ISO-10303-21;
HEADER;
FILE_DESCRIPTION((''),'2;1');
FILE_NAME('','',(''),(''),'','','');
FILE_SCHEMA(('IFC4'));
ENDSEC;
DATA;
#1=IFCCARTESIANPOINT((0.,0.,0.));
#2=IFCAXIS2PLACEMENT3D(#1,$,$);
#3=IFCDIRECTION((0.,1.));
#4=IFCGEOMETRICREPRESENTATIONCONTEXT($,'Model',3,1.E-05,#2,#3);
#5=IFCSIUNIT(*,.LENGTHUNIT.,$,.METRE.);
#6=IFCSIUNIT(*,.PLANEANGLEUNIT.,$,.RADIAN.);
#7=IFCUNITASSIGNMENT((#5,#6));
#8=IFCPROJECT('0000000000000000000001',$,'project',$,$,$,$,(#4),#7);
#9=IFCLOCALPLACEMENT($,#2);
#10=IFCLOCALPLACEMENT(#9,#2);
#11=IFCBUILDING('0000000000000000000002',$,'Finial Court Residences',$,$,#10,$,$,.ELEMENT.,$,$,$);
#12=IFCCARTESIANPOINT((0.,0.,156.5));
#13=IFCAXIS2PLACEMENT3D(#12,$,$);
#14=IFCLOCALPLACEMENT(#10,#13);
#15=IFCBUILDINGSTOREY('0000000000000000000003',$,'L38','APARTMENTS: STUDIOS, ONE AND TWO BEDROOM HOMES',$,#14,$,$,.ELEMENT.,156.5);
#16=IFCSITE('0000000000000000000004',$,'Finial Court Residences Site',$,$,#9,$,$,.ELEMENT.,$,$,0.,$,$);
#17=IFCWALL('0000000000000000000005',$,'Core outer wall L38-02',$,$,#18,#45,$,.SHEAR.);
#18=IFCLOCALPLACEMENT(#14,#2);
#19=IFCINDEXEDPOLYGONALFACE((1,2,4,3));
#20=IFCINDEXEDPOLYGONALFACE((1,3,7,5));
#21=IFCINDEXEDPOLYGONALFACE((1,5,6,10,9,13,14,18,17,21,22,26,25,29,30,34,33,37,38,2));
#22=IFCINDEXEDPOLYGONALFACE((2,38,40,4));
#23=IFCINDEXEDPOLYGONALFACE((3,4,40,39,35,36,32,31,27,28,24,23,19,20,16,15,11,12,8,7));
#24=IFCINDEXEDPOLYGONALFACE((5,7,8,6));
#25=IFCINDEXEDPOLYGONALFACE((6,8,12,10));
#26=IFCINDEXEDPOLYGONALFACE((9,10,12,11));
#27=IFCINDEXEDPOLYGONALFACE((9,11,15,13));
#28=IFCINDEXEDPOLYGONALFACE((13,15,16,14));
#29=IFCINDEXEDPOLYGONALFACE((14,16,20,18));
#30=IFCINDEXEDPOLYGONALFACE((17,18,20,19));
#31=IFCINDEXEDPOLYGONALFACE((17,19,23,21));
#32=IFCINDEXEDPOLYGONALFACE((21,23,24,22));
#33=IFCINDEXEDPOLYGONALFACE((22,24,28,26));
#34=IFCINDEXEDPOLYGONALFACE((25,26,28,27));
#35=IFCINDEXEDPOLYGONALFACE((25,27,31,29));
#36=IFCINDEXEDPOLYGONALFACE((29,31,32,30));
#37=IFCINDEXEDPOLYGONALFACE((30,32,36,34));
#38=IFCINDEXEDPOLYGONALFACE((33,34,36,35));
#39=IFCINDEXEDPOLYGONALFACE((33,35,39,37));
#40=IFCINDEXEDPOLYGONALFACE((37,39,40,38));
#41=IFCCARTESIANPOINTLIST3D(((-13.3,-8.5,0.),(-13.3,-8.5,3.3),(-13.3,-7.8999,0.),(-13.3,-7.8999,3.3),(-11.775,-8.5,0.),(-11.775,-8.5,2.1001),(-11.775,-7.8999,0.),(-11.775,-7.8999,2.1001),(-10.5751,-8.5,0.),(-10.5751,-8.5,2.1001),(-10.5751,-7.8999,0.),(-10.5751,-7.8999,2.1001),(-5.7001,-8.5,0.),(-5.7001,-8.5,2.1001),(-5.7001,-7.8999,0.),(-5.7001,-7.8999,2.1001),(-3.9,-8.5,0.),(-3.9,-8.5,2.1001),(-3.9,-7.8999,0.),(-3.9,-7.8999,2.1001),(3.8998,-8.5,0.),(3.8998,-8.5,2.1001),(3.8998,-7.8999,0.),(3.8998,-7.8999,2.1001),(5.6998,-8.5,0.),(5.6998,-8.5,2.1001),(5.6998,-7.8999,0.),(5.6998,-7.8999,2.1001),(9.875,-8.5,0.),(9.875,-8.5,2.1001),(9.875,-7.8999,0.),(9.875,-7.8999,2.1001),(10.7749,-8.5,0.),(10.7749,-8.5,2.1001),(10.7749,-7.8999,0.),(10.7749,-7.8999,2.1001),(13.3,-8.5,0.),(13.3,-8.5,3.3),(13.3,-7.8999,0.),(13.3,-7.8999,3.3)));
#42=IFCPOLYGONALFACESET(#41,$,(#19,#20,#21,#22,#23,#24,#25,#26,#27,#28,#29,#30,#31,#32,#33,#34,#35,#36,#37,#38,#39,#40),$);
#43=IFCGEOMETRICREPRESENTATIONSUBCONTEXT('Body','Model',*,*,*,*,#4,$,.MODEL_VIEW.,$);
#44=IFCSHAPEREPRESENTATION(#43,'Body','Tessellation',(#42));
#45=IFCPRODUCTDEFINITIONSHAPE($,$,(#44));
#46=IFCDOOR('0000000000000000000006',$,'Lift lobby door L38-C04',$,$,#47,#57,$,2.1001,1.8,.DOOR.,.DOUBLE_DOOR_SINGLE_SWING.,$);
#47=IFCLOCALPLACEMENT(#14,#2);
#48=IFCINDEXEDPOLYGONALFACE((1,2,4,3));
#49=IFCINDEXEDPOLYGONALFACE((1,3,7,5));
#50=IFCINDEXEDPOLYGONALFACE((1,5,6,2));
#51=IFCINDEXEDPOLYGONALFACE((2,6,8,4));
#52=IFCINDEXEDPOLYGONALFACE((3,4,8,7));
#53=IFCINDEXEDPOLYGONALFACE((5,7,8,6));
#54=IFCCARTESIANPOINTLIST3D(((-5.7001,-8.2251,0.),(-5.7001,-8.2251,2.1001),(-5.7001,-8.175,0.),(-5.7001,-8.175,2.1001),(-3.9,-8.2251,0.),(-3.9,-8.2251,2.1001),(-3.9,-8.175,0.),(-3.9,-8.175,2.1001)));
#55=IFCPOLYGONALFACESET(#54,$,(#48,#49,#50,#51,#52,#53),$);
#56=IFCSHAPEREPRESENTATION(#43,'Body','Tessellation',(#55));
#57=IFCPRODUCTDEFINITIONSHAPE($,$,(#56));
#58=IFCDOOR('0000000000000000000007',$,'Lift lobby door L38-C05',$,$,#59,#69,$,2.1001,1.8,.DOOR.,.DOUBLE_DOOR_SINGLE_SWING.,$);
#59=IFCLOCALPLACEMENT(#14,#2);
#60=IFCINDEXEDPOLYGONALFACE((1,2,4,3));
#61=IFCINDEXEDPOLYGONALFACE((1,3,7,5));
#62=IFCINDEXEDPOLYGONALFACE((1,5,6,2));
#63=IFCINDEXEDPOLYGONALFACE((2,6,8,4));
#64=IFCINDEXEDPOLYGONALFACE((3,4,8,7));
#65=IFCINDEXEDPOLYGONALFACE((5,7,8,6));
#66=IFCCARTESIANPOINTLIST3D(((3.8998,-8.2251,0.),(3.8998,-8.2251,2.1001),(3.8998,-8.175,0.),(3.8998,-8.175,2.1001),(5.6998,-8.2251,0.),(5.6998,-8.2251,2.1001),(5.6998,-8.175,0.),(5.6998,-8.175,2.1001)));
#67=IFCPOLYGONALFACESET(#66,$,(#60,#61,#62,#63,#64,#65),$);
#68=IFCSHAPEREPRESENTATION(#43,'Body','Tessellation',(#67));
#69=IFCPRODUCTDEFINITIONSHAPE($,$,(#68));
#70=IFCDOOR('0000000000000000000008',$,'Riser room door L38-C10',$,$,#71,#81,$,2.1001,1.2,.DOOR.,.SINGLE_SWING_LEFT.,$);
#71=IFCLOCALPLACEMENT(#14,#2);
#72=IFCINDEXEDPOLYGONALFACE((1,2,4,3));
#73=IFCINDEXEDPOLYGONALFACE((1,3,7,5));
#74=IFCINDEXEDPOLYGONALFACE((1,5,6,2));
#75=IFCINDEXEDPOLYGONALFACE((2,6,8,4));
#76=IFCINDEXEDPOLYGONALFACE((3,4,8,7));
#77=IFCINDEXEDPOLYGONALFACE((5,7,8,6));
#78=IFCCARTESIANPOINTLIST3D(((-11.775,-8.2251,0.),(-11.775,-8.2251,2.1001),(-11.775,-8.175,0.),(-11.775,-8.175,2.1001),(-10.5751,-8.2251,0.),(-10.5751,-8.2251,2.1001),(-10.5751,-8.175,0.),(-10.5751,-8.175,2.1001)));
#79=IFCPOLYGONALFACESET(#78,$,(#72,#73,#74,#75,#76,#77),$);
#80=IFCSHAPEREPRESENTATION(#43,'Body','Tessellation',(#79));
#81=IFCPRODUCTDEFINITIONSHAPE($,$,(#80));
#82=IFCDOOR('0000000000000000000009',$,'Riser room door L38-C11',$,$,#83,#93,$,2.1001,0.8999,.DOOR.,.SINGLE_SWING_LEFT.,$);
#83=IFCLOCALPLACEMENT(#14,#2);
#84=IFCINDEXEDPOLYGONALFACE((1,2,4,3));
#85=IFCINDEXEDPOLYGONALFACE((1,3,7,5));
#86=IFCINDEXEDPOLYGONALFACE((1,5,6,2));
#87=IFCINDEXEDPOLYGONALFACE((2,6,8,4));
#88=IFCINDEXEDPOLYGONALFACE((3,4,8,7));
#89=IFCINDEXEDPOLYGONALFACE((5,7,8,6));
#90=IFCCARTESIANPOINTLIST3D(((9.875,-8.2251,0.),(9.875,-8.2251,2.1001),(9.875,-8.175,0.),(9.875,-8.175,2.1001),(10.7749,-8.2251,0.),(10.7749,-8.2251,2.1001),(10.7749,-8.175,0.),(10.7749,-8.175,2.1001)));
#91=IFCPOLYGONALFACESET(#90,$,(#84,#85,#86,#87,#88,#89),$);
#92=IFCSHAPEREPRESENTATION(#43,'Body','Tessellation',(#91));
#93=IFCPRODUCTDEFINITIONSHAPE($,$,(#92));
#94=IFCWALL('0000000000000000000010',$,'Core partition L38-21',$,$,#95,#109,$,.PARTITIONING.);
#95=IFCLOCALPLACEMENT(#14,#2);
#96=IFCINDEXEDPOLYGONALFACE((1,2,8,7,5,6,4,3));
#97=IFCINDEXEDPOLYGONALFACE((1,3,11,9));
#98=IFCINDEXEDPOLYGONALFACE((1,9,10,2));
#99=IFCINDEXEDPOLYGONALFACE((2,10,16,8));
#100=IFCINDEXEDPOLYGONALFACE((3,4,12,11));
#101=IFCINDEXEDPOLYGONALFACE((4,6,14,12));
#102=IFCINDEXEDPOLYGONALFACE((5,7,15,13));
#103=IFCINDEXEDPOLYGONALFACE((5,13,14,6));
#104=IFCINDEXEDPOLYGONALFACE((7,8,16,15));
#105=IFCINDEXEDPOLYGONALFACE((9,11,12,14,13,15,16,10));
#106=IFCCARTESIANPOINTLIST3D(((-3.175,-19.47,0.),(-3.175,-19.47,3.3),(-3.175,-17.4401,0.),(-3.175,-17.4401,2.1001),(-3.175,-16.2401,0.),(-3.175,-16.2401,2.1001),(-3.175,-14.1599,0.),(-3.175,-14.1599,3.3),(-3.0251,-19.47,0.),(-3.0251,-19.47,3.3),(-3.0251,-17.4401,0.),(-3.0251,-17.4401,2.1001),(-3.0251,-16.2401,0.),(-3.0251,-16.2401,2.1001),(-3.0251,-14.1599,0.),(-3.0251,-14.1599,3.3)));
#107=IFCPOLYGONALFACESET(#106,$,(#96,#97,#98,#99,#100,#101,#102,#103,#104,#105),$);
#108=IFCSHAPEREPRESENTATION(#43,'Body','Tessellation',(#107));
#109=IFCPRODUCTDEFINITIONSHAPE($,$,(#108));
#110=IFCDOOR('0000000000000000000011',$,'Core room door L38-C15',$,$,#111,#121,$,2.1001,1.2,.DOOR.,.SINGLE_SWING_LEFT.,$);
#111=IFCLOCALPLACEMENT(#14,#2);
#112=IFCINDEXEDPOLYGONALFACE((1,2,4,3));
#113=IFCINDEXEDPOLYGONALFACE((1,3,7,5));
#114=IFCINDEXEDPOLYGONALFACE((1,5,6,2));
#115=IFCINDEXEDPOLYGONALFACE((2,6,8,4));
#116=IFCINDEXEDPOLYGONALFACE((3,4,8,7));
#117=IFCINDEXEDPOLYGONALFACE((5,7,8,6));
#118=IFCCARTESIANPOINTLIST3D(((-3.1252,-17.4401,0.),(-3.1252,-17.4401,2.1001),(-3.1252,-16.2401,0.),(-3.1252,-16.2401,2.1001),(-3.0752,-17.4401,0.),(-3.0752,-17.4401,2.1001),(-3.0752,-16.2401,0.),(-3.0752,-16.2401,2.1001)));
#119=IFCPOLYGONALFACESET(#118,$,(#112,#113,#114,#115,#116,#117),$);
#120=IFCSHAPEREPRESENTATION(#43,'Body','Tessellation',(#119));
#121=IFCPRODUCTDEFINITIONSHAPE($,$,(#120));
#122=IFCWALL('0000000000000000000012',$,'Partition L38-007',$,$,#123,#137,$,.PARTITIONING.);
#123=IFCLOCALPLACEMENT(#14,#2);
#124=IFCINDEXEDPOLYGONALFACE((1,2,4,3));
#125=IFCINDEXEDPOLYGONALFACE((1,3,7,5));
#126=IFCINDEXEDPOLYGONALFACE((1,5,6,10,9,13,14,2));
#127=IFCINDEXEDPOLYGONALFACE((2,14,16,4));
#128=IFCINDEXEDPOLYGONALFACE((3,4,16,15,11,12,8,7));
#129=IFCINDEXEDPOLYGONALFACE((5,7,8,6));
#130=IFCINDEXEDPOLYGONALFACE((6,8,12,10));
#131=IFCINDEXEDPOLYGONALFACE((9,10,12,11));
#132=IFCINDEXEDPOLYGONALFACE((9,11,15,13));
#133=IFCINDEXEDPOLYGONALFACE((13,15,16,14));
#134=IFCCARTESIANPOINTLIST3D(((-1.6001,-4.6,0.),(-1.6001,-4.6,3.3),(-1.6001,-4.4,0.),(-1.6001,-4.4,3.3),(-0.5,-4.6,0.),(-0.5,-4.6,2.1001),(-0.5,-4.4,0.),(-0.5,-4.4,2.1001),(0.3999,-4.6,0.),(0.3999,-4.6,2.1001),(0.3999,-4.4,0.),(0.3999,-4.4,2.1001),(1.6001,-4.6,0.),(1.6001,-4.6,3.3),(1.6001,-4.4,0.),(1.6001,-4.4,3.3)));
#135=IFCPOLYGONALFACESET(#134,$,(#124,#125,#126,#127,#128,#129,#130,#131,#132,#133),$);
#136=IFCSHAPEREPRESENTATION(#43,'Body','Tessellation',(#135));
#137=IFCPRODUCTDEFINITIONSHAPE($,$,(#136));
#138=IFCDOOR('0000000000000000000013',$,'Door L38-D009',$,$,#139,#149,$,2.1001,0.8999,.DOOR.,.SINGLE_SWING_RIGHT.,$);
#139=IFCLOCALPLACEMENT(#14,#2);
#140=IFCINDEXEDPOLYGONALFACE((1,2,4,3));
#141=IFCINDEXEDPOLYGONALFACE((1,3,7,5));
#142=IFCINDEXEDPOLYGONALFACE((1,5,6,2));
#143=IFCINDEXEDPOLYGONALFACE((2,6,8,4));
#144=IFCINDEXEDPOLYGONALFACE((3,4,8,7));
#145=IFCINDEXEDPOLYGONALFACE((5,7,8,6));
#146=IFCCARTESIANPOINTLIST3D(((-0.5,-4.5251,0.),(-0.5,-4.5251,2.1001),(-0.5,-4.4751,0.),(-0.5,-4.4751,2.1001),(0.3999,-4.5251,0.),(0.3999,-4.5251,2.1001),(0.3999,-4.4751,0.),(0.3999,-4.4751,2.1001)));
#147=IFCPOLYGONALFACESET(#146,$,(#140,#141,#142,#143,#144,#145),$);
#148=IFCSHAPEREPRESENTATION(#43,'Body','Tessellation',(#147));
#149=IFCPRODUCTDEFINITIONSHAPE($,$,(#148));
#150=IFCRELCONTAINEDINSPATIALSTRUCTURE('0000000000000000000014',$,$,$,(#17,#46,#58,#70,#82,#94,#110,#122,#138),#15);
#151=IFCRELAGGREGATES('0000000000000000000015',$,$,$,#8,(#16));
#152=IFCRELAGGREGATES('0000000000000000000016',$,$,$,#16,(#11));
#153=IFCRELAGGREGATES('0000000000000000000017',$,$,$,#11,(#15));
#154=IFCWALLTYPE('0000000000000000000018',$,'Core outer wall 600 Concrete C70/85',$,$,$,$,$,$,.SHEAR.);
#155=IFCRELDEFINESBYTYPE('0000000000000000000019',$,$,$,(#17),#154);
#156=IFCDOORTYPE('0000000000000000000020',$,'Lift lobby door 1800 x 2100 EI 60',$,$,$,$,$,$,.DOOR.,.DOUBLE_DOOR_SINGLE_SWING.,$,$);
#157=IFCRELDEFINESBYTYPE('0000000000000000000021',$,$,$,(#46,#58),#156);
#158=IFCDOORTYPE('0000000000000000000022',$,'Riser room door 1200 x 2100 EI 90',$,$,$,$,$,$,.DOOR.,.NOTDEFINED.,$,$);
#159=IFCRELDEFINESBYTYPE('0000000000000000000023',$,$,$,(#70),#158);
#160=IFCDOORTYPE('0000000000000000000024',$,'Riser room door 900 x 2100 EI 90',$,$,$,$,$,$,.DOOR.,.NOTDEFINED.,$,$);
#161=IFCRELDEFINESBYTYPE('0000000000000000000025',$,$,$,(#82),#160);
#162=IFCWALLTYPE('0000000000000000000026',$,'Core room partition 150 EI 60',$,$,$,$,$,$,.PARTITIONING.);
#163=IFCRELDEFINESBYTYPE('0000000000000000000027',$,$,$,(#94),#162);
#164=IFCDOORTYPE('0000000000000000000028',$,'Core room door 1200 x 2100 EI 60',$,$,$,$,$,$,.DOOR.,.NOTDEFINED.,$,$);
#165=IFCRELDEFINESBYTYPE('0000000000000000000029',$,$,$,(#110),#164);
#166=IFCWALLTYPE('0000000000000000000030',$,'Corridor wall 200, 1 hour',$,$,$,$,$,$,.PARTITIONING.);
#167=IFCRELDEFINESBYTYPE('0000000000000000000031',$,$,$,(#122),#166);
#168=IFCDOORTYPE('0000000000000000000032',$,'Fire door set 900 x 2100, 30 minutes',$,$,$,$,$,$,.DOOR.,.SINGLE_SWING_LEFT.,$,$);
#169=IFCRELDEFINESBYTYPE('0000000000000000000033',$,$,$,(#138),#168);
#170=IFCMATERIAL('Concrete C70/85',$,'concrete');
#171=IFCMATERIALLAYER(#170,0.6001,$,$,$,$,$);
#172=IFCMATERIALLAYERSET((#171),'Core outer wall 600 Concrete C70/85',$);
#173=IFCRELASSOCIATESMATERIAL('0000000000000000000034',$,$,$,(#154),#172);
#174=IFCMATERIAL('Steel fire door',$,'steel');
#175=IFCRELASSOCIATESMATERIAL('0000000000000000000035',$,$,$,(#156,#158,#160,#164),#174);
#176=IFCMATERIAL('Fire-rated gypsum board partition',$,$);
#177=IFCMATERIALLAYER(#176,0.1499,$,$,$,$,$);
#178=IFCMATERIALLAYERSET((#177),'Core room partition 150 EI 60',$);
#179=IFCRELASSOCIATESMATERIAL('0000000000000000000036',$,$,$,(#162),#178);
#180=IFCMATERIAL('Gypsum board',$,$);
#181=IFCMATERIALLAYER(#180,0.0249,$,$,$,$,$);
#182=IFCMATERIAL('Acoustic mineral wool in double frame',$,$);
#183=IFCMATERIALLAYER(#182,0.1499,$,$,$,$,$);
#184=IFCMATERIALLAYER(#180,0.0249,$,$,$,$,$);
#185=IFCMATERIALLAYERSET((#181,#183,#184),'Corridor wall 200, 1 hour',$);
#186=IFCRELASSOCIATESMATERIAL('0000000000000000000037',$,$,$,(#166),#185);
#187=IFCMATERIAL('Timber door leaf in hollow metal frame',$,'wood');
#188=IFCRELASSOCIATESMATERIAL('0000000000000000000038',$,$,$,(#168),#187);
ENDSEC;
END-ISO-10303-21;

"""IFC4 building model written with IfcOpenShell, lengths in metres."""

from ifc_helpers import new_model, si_unit, direction, frame, frame_2d, origin, place, context, subcontext, project, spatial, rectangle, extrude, material, layer, layer_set, type_object, element, fill, save


model = new_model("IFC4")

# Units and contexts
model_context = context("Model", 3, precision=1e-05, world=origin(), true_north=direction((0.0, 1.0)))
body_context = subcontext(model_context, "Body", "Model", "MODEL_VIEW")
ifc_project = project(units=[si_unit("LENGTHUNIT", "METRE"), si_unit("PLANEANGLEUNIT", "RADIAN")], contexts=[model_context])

# Site, building, storey
site_placement = place(None, origin())
site = spatial("IfcSite", under=ifc_project, at=site_placement, Name="Finial Court Residences Site", CompositionType="ELEMENT", RefElevation=0.0)
building_placement = place(site_placement, origin())
building = spatial("IfcBuilding", under=site, at=building_placement, Name="Finial Court Residences", CompositionType="ELEMENT")
storey_placement = place(building_placement, frame((0.0, 0.0, 156.5)))
storey = spatial("IfcBuildingStorey", under=building, at=storey_placement, Name="L38", Description="APARTMENTS: STUDIOS, ONE AND TWO BEDROOM HOMES", CompositionType="ELEMENT", Elevation=156.5)

# Wall, openings, doors
ifc_material_1 = material(Name="Concrete C70/85", Category="concrete")
ifc_layer_1 = layer(ifc_material_1, 0.6001)
ifc_layer_set_1 = layer_set([ifc_layer_1], Name="Core outer wall 600 Concrete C70/85")
wall_type_1 = type_object("IfcWallType", Name="Core outer wall 600 Concrete C70/85", PredefinedType="SHEAR", material=ifc_layer_set_1)
wall_1_placement = place(storey_placement, frame((-13.3, -8.2, 0.0), z_axis=(0.0, 0.0, 1.0), x_axis=(1.0, 0.0, 0.0)))
wall_1 = element("IfcWall", 1, at=wall_1_placement, inside=storey, type_object=wall_type_1, Name="Core outer wall L38-02", PredefinedType="SHEAR", context=body_context, shape_type="SweptSolid", body=[
    extrude(rectangle(XDim=26.6001, YDim=0.6001, at=frame_2d((13.3, 0.0))), origin(), (0.0, 0.0, 1.0), 3.3),
])
opening_1_placement = place(wall_1_placement, frame((7.6001, 0.0, 0.0)))
opening_1 = element("IfcOpeningElement", 2, at=opening_1_placement, cuts=wall_1, PredefinedType="OPENING", context=body_context, shape_type="SweptSolid", body=[
    extrude(rectangle(XDim=1.8, YDim=2.1001, at=frame_2d((0.8999, 1.05))), frame((0.0, 0.3101, 0.0), z_axis=(0.0, -1.0, 0.0), x_axis=(1.0, 0.0, 0.0)), (0.0, 0.0, 1.0), 0.6201),
])
opening_2_placement = place(wall_1_placement, frame((17.2, 0.0, 0.0)))
opening_2 = element("IfcOpeningElement", 3, at=opening_2_placement, cuts=wall_1, PredefinedType="OPENING", context=body_context, shape_type="SweptSolid", body=[
    extrude(rectangle(XDim=1.8, YDim=2.1001, at=frame_2d((0.8999, 1.05))), frame((0.0, 0.3101, 0.0), z_axis=(0.0, -1.0, 0.0), x_axis=(1.0, 0.0, 0.0)), (0.0, 0.0, 1.0), 0.6201),
])
opening_3_placement = place(wall_1_placement, frame((1.5249, 0.0, 0.0)))
opening_3 = element("IfcOpeningElement", 4, at=opening_3_placement, cuts=wall_1, PredefinedType="OPENING", context=body_context, shape_type="SweptSolid", body=[
    extrude(rectangle(XDim=1.2, YDim=2.1001, at=frame_2d((0.6001, 1.05))), frame((0.0, 0.3101, 0.0), z_axis=(0.0, -1.0, 0.0), x_axis=(1.0, 0.0, 0.0)), (0.0, 0.0, 1.0), 0.6201),
])
opening_4_placement = place(wall_1_placement, frame((23.175, 0.0, 0.0)))
opening_4 = element("IfcOpeningElement", 5, at=opening_4_placement, cuts=wall_1, PredefinedType="OPENING", context=body_context, shape_type="SweptSolid", body=[
    extrude(rectangle(XDim=0.8999, YDim=2.1001, at=frame_2d((0.45, 1.05))), frame((0.0, 0.3101, 0.0), z_axis=(0.0, -1.0, 0.0), x_axis=(1.0, 0.0, 0.0)), (0.0, 0.0, 1.0), 0.6201),
])
ifc_material_2 = material(Name="Steel fire door", Category="steel")
door_type_1 = type_object("IfcDoorType", Name="Lift lobby door 1800 x 2100 EI 60", OperationType="DOUBLE_DOOR_SINGLE_SWING", PredefinedType="DOOR", material=ifc_material_2)
door_1_placement = place(opening_1_placement, origin())
door_1 = element("IfcDoor", 6, at=door_1_placement, inside=storey, type_object=door_type_1, Name="Lift lobby door L38-C04", OperationType="DOUBLE_DOOR_SINGLE_SWING", OverallHeight=2.1001, OverallWidth=1.8, PredefinedType="DOOR", context=body_context, shape_type="SweptSolid", body=[
    extrude(rectangle(XDim=1.8, YDim=2.1001, at=frame_2d((0.8999, 1.05))), frame((0.0, 0.0249, 0.0), z_axis=(0.0, -1.0, 0.0), x_axis=(1.0, 0.0, 0.0)), (0.0, 0.0, 1.0), 0.05),
])
fill(opening_1, door_1)
door_2_placement = place(opening_2_placement, origin())
door_2 = element("IfcDoor", 7, at=door_2_placement, inside=storey, type_object=door_type_1, Name="Lift lobby door L38-C05", OperationType="DOUBLE_DOOR_SINGLE_SWING", OverallHeight=2.1001, OverallWidth=1.8, PredefinedType="DOOR", context=body_context, shape_type="SweptSolid", body=[
    extrude(rectangle(XDim=1.8, YDim=2.1001, at=frame_2d((0.8999, 1.05))), frame((0.0, 0.0249, 0.0), z_axis=(0.0, -1.0, 0.0), x_axis=(1.0, 0.0, 0.0)), (0.0, 0.0, 1.0), 0.05),
])
fill(opening_2, door_2)
door_type_2 = type_object("IfcDoorType", Name="Riser room door 1200 x 2100 EI 90", OperationType="NOTDEFINED", PredefinedType="DOOR", material=ifc_material_2)
door_3_placement = place(opening_3_placement, origin())
door_3 = element("IfcDoor", 8, at=door_3_placement, inside=storey, type_object=door_type_2, Name="Riser room door L38-C10", OperationType="SINGLE_SWING_LEFT", OverallHeight=2.1001, OverallWidth=1.2, PredefinedType="DOOR", context=body_context, shape_type="SweptSolid", body=[
    extrude(rectangle(XDim=1.2, YDim=2.1001, at=frame_2d((0.6001, 1.05))), frame((0.0, 0.0249, 0.0), z_axis=(0.0, -1.0, 0.0), x_axis=(1.0, 0.0, 0.0)), (0.0, 0.0, 1.0), 0.05),
])
fill(opening_3, door_3)
door_type_3 = type_object("IfcDoorType", Name="Riser room door 900 x 2100 EI 90", OperationType="NOTDEFINED", PredefinedType="DOOR", material=ifc_material_2)
door_4_placement = place(opening_4_placement, origin())
door_4 = element("IfcDoor", 9, at=door_4_placement, inside=storey, type_object=door_type_3, Name="Riser room door L38-C11", OperationType="SINGLE_SWING_LEFT", OverallHeight=2.1001, OverallWidth=0.8999, PredefinedType="DOOR", context=body_context, shape_type="SweptSolid", body=[
    extrude(rectangle(XDim=0.8999, YDim=2.1001, at=frame_2d((0.45, 1.05))), frame((0.0, 0.0249, 0.0), z_axis=(0.0, -1.0, 0.0), x_axis=(1.0, 0.0, 0.0)), (0.0, 0.0, 1.0), 0.05),
])
fill(opening_4, door_4)

# Walls, openings, doors
ifc_material_3 = material(Name="Fire-rated gypsum board partition")
ifc_layer_2 = layer(ifc_material_3, 0.1499)
ifc_layer_set_2 = layer_set([ifc_layer_2], Name="Core room partition 150 EI 60")
wall_type_2 = type_object("IfcWallType", Name="Core room partition 150 EI 60", PredefinedType="PARTITIONING", material=ifc_layer_set_2)
wall_2_placement = place(storey_placement, frame((-3.1001, -14.1599, 0.0), z_axis=(0.0, 0.0, 1.0), x_axis=(0.0, -1.0, 0.0)))
wall_2 = element("IfcWall", 10, at=wall_2_placement, inside=storey, type_object=wall_type_2, Name="Core partition L38-21", PredefinedType="PARTITIONING", context=body_context, shape_type="SweptSolid", body=[
    extrude(rectangle(XDim=5.3101, YDim=0.1499, at=frame_2d((2.655, 0.0))), origin(), (0.0, 0.0, 1.0), 3.3),
])
opening_5_placement = place(wall_2_placement, frame((2.0801, 0.0, 0.0)))
opening_5 = element("IfcOpeningElement", 11, at=opening_5_placement, cuts=wall_2, PredefinedType="OPENING", context=body_context, shape_type="SweptSolid", body=[
    extrude(rectangle(XDim=1.2, YDim=2.1001, at=frame_2d((0.6001, 1.05))), frame((0.0, 0.085, 0.0), z_axis=(0.0, -1.0, 0.0), x_axis=(1.0, 0.0, 0.0)), (0.0, 0.0, 1.0), 0.1699),
])
door_type_4 = type_object("IfcDoorType", Name="Core room door 1200 x 2100 EI 60", OperationType="NOTDEFINED", PredefinedType="DOOR", material=ifc_material_2)
door_5_placement = place(opening_5_placement, origin())
door_5 = element("IfcDoor", 12, at=door_5_placement, inside=storey, type_object=door_type_4, Name="Core room door L38-C15", OperationType="SINGLE_SWING_LEFT", OverallHeight=2.1001, OverallWidth=1.2, PredefinedType="DOOR", context=body_context, shape_type="SweptSolid", body=[
    extrude(rectangle(XDim=1.2, YDim=2.1001, at=frame_2d((0.6001, 1.05))), frame((0.0, 0.0249, 0.0), z_axis=(0.0, -1.0, 0.0), x_axis=(1.0, 0.0, 0.0)), (0.0, 0.0, 1.0), 0.05),
])
fill(opening_5, door_5)
ifc_material_4 = material(Name="Gypsum board")
ifc_layer_3 = layer(ifc_material_4, 0.0249)
ifc_material_5 = material(Name="Acoustic mineral wool in double frame")
ifc_layer_4 = layer(ifc_material_5, 0.1499)
ifc_layer_5 = layer(ifc_material_4, 0.0249)
ifc_layer_set_3 = layer_set([ifc_layer_3, ifc_layer_4, ifc_layer_5], Name="Corridor wall 200, 1 hour")
wall_type_3 = type_object("IfcWallType", Name="Corridor wall 200, 1 hour", PredefinedType="PARTITIONING", material=ifc_layer_set_3)
wall_3_placement = place(storey_placement, frame((-1.6001, -4.5, 0.0), z_axis=(0.0, 0.0, 1.0), x_axis=(1.0, 0.0, 0.0)))
wall_3 = element("IfcWall", 13, at=wall_3_placement, inside=storey, type_object=wall_type_3, Name="Partition L38-007", PredefinedType="PARTITIONING", context=body_context, shape_type="SweptSolid", body=[
    extrude(rectangle(XDim=3.2002, YDim=0.2, at=frame_2d((1.6001, 0.0))), origin(), (0.0, 0.0, 1.0), 3.3),
])
opening_6_placement = place(wall_3_placement, frame((1.1001, 0.0, 0.0)))
opening_6 = element("IfcOpeningElement", 14, at=opening_6_placement, cuts=wall_3, PredefinedType="OPENING", context=body_context, shape_type="SweptSolid", body=[
    extrude(rectangle(XDim=0.8999, YDim=2.1001, at=frame_2d((0.45, 1.05))), frame((0.0, 0.1099, 0.0), z_axis=(0.0, -1.0, 0.0), x_axis=(1.0, 0.0, 0.0)), (0.0, 0.0, 1.0), 0.22),
])
ifc_material_6 = material(Name="Timber door leaf in hollow metal frame", Category="wood")
door_type_5 = type_object("IfcDoorType", Name="Fire door set 900 x 2100, 30 minutes", OperationType="SINGLE_SWING_LEFT", PredefinedType="DOOR", material=ifc_material_6)
door_6_placement = place(opening_6_placement, origin())
door_6 = element("IfcDoor", 15, at=door_6_placement, inside=storey, type_object=door_type_5, Name="Door L38-D009", OperationType="SINGLE_SWING_RIGHT", OverallHeight=2.1001, OverallWidth=0.8999, PredefinedType="DOOR", context=body_context, shape_type="SweptSolid", body=[
    extrude(rectangle(XDim=0.8999, YDim=2.1001, at=frame_2d((0.45, 1.05))), frame((0.0, 0.0249, 0.0), z_axis=(0.0, -1.0, 0.0), x_axis=(1.0, 0.0, 0.0)), (0.0, 0.0, 1.0), 0.05),
])
fill(opening_6, door_6)

save(model, "model.ifc")
